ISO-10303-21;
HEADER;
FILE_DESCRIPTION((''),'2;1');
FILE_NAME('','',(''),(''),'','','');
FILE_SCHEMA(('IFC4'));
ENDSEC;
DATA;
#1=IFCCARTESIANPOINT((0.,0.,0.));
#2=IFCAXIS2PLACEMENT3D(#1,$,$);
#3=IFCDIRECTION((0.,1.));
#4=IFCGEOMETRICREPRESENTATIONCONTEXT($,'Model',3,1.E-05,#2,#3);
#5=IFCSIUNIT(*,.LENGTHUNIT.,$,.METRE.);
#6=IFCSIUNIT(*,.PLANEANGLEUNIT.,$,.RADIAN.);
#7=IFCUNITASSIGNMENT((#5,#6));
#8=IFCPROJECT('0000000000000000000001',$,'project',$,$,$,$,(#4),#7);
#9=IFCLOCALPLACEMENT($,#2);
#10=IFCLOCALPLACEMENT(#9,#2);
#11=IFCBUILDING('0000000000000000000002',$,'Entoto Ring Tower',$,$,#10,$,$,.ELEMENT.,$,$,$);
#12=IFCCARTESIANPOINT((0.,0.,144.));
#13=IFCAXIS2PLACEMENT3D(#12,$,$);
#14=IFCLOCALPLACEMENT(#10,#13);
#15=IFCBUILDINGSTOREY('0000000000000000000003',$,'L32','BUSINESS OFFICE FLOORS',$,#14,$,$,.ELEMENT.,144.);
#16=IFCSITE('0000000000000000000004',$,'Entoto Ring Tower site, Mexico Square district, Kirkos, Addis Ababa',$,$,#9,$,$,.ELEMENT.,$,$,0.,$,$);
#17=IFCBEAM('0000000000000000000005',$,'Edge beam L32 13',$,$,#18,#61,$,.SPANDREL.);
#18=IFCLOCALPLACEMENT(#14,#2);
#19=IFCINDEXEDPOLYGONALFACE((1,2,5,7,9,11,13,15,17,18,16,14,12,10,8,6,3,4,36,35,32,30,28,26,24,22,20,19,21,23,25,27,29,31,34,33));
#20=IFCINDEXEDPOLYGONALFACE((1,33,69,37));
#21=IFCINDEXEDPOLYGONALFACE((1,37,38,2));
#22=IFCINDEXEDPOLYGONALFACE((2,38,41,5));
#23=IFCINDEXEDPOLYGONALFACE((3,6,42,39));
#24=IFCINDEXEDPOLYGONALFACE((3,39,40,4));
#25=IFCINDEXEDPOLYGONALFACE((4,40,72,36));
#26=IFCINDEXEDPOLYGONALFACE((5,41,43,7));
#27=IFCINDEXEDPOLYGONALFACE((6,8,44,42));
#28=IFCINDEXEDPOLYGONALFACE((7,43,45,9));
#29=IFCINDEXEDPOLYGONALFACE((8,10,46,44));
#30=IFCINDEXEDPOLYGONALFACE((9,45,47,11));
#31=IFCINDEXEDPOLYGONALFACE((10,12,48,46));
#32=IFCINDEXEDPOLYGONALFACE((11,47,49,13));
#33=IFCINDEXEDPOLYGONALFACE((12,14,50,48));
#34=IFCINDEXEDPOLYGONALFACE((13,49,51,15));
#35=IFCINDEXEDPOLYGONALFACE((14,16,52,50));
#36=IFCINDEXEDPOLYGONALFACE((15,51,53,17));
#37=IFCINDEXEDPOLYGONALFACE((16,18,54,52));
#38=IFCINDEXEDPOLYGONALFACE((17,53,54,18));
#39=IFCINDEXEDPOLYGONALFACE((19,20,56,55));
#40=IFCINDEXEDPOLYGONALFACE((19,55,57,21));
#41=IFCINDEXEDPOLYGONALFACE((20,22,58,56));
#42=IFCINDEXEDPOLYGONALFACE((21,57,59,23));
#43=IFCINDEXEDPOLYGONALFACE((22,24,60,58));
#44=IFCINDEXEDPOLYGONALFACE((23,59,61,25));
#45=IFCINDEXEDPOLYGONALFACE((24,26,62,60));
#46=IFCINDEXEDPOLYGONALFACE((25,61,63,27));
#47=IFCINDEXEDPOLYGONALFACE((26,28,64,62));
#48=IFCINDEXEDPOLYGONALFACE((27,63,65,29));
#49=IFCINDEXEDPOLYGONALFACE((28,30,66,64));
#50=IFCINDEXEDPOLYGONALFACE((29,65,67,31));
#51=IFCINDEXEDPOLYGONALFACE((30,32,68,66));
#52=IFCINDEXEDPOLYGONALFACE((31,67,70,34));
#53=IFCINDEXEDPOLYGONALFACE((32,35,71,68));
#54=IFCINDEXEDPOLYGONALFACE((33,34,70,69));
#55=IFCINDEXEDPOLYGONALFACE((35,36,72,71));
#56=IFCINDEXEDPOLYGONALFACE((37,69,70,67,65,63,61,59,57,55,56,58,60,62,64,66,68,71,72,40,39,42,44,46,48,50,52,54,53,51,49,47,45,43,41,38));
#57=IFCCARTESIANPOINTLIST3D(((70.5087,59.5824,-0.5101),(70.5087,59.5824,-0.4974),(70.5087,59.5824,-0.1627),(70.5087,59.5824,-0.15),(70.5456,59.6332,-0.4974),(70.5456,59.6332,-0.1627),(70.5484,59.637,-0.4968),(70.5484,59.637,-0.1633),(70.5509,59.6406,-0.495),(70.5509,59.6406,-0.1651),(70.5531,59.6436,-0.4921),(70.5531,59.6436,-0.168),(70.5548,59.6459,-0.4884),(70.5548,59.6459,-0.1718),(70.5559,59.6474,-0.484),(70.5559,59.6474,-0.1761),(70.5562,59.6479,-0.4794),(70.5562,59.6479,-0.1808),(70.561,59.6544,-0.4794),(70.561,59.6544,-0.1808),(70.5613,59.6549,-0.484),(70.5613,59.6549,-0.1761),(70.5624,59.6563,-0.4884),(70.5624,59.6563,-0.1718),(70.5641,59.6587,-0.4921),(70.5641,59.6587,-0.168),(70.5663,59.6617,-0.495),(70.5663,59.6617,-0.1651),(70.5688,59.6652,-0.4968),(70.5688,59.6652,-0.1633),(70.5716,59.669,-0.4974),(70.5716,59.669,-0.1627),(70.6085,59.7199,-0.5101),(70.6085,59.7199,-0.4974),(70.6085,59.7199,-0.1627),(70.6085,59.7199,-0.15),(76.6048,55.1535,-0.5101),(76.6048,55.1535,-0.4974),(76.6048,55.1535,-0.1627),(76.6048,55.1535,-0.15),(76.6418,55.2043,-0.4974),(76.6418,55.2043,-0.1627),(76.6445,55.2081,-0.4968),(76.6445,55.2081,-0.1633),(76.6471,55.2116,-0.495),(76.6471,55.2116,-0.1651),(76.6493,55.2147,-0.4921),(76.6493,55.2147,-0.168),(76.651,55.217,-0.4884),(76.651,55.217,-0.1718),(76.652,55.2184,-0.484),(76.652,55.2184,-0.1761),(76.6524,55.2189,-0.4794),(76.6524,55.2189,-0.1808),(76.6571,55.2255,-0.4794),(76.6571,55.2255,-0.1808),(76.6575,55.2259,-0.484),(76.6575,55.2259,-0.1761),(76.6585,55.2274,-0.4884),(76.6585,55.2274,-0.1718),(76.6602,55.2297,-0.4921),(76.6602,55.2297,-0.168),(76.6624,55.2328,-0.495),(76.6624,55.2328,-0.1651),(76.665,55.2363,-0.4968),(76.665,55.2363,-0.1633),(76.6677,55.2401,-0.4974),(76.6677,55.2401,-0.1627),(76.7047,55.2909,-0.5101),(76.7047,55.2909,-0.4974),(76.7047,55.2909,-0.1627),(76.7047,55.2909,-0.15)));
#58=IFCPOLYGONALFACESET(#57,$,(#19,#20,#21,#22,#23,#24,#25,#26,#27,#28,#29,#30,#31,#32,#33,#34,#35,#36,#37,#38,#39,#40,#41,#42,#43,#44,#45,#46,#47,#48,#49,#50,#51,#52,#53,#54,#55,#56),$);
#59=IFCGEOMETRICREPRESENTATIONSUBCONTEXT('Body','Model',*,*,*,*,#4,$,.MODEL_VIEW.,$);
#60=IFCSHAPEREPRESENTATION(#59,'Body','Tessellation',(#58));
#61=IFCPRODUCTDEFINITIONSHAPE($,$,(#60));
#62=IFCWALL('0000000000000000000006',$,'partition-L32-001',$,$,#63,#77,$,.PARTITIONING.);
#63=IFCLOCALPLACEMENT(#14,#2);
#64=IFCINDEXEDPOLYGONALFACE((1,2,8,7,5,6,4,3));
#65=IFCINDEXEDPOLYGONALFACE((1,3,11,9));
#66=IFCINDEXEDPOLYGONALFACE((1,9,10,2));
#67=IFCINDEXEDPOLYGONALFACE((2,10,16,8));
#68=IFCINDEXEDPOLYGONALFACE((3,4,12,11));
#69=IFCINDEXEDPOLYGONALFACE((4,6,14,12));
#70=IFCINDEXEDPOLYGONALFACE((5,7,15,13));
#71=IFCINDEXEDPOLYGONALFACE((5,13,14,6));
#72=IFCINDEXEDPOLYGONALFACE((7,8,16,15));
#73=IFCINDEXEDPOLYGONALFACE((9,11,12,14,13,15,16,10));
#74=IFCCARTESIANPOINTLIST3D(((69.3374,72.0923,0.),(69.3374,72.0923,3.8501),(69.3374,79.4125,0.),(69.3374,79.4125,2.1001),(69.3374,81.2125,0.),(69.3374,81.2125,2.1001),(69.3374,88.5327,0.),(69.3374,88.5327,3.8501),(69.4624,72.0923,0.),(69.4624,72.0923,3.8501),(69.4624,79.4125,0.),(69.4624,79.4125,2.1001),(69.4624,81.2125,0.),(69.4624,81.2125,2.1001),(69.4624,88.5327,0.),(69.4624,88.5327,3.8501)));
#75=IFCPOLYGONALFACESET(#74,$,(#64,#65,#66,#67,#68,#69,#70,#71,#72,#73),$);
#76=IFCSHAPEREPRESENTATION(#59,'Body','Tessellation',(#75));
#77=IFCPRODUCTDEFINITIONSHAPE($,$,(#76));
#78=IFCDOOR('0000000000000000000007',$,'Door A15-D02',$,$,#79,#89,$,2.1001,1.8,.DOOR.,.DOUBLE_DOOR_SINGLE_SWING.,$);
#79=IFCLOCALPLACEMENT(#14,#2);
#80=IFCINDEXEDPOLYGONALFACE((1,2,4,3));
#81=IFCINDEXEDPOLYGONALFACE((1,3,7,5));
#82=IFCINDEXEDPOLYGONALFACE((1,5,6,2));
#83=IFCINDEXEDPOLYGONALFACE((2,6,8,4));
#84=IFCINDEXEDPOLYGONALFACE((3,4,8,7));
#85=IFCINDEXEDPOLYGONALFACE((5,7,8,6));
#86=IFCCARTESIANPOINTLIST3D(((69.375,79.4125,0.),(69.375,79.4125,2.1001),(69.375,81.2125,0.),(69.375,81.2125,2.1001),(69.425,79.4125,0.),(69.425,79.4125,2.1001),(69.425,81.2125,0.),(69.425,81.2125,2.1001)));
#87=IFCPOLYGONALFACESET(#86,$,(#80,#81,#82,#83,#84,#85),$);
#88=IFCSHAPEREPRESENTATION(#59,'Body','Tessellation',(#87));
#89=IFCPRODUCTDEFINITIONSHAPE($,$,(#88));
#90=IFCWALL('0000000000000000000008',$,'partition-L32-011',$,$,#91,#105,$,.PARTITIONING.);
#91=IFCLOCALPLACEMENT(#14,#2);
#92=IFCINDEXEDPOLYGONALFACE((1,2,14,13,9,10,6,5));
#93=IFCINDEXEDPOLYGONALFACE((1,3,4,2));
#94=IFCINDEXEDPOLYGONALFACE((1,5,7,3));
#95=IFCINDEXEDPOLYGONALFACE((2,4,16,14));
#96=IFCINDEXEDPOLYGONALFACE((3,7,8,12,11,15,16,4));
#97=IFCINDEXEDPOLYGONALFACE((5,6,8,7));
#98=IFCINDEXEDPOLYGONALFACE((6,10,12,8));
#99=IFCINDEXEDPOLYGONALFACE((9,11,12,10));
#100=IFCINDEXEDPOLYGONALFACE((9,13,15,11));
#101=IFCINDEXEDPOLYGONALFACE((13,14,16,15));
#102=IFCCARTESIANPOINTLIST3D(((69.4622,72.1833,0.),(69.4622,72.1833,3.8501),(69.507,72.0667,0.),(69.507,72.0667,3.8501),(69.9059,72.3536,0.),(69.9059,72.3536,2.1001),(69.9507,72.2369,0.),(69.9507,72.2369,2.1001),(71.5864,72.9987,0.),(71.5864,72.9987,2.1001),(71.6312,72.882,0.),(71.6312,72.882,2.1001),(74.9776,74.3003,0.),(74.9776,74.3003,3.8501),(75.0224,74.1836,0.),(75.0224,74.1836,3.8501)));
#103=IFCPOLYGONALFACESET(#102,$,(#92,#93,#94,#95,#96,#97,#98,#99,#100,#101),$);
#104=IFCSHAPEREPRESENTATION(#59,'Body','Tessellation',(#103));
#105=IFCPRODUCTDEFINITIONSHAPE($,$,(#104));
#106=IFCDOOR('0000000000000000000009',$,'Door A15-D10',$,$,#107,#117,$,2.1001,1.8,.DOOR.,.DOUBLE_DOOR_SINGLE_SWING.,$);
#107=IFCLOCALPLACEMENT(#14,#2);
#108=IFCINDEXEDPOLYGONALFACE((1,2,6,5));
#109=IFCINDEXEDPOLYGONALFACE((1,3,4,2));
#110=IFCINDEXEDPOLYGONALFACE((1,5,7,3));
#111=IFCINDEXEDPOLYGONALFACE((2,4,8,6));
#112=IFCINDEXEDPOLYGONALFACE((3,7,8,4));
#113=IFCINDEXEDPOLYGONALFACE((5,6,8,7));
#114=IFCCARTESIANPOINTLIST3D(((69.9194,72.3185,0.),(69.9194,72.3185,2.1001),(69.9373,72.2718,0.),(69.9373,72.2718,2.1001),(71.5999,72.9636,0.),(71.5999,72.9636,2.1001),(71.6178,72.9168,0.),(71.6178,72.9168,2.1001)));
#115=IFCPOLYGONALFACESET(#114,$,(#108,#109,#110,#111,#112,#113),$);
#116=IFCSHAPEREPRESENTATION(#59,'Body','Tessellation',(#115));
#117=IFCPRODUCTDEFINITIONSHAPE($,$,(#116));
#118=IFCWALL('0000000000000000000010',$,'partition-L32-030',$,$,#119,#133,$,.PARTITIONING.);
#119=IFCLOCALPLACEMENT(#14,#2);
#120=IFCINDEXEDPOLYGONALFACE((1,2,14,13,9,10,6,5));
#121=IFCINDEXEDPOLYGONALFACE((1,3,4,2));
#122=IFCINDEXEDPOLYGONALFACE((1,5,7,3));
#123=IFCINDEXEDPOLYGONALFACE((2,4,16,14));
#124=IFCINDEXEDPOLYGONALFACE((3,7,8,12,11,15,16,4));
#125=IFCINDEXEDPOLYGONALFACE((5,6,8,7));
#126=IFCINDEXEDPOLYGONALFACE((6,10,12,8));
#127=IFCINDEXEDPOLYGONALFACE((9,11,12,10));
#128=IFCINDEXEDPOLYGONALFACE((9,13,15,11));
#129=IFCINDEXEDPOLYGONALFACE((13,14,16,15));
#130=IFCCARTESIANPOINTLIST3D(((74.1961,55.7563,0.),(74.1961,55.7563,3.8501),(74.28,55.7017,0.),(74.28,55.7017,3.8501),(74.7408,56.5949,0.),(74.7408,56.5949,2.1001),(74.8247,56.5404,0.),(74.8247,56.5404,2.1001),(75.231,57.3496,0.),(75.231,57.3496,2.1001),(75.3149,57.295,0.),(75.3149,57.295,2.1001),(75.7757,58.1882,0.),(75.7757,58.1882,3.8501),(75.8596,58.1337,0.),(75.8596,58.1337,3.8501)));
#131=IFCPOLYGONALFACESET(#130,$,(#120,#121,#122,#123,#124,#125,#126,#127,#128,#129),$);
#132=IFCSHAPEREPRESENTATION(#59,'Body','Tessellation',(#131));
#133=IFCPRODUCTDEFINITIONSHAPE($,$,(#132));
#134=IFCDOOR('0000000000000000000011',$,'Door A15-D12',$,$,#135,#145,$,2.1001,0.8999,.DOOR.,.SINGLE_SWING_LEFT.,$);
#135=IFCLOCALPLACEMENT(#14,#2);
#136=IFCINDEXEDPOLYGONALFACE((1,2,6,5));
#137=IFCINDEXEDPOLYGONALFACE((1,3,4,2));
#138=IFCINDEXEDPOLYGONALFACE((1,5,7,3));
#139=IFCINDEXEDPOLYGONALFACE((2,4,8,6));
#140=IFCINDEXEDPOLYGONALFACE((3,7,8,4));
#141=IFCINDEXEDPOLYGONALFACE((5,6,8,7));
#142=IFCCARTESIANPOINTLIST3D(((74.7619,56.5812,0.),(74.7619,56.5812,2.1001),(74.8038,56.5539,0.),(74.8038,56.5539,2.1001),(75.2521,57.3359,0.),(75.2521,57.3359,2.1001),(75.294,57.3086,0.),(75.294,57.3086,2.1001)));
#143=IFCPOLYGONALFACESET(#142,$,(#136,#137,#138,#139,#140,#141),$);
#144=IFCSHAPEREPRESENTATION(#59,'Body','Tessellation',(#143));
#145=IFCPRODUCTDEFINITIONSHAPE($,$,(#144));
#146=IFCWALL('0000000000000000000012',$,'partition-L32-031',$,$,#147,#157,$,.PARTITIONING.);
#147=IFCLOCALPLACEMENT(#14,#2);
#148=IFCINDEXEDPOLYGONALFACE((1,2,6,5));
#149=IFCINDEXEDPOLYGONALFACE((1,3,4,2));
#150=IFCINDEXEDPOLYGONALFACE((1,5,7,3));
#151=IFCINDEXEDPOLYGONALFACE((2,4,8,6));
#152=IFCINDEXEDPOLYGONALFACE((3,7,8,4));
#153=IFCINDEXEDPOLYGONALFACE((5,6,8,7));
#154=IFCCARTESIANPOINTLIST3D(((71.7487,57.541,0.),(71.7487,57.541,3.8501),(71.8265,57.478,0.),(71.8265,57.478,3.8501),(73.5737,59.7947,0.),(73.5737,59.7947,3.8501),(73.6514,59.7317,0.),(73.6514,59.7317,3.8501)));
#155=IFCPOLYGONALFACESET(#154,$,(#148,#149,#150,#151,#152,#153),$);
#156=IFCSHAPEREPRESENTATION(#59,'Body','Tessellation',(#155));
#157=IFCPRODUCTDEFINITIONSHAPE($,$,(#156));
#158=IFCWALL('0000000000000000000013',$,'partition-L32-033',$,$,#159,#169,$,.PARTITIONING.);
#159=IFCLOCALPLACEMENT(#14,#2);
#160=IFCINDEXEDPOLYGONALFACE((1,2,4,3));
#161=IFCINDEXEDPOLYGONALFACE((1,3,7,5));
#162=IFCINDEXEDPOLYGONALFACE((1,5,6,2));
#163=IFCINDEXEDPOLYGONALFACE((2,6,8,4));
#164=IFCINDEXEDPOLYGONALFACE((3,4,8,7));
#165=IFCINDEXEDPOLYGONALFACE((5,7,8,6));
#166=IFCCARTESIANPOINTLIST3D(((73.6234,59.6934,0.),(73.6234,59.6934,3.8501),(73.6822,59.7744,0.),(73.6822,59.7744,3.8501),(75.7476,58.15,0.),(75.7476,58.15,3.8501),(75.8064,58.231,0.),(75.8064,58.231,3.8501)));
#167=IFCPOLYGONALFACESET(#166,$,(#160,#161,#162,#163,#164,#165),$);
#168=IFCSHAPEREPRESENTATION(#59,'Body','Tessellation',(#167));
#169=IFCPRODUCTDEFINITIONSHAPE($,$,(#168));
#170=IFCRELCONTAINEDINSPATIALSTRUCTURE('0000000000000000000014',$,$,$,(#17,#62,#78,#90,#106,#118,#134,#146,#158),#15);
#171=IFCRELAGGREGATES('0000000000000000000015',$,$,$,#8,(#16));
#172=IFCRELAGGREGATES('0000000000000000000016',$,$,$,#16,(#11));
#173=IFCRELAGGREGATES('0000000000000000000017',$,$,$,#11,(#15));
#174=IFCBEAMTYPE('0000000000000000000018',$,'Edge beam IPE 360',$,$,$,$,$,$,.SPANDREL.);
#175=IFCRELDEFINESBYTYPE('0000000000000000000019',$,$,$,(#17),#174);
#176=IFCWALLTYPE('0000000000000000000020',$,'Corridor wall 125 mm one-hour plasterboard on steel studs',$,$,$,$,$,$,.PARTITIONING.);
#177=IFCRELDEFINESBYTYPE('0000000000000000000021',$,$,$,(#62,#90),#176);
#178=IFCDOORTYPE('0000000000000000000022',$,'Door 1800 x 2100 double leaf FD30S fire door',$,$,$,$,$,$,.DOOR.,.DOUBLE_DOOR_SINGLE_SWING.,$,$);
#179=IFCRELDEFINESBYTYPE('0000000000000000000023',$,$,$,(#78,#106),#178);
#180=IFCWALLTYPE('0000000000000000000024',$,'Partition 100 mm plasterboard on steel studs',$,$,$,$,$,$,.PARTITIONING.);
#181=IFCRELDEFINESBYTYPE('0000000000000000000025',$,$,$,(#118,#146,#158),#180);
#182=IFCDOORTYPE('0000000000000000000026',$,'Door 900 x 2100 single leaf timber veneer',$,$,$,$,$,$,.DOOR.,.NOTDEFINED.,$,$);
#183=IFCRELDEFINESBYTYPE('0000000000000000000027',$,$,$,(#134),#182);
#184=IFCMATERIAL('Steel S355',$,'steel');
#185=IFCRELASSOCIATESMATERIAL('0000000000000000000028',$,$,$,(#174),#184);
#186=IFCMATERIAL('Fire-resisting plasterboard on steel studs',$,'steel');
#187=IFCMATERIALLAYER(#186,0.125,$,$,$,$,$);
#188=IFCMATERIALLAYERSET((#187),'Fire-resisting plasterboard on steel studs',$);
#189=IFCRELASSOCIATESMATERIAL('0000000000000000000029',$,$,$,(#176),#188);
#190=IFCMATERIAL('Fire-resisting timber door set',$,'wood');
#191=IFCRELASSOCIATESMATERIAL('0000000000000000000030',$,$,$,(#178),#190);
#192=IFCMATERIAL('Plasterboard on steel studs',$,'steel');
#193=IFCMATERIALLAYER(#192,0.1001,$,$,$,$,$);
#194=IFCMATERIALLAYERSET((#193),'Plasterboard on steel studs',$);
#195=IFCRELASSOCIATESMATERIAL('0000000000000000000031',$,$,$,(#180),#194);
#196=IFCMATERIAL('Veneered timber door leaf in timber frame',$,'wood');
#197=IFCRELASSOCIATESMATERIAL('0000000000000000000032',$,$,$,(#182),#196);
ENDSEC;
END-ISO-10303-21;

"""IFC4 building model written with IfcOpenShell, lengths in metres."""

from ifc_helpers import new_model, si_unit, direction, frame, frame_2d, origin, origin_2d, place, context, subcontext, project, spatial, rectangle, i_section, extrude, material, layer, layer_set, material_profile, profile_set, type_object, element, fill, save


model = new_model("IFC4")

# Units and contexts
model_context = context("Model", 3, precision=1e-05, world=origin(), true_north=direction((0.0, 1.0)))
body_context = subcontext(model_context, "Body", "Model", "MODEL_VIEW")
ifc_project = project(units=[si_unit("LENGTHUNIT", "METRE"), si_unit("PLANEANGLEUNIT", "RADIAN")], contexts=[model_context])

# Site, building, storey
site_placement = place(None, origin())
site = spatial("IfcSite", under=ifc_project, at=site_placement, Name="Entoto Ring Tower site, Mexico Square district, Kirkos, Addis Ababa", CompositionType="ELEMENT", RefElevation=0.0)
building_placement = place(site_placement, origin())
building = spatial("IfcBuilding", under=site, at=building_placement, Name="Entoto Ring Tower", CompositionType="ELEMENT")
storey_placement = place(building_placement, frame((0.0, 0.0, 144.0)))
storey = spatial("IfcBuildingStorey", under=building, at=storey_placement, Name="L32", Description="BUSINESS OFFICE FLOORS", CompositionType="ELEMENT", Elevation=144.0)

# Beam
ifc_material_1 = material(Name="Steel S355", Category="steel")
ifc_material_profile_1 = material_profile(ifc_material_1, i_section(OverallWidth=0.1699, OverallDepth=0.3601, WebThickness=0.0081, FlangeThickness=0.0127, FilletRadius=0.0181, at=origin_2d()), Name="IPE 360")
ifc_profile_set_1 = profile_set([ifc_material_profile_1], Name="Steel S355")
beam_type = type_object("IfcBeamType", Name="Edge beam IPE 360", PredefinedType="SPANDREL", material=ifc_profile_set_1)
for number, where, z_axis, x_axis, name in (
    (1, (70.5586, 59.6511, -0.3301), (0.809029, -0.587769, 0.0), (0.587769, 0.809029, 0.0), "Edge beam L32 13"),
):
    element("IfcBeam", number, at=place(storey_placement, frame(where, z_axis=z_axis, x_axis=x_axis)), inside=storey, type_object=beam_type, Name=name, PredefinedType="SPANDREL", context=body_context, shape_type="SweptSolid", body=[
        extrude(i_section(OverallWidth=0.1699, OverallDepth=0.3601, WebThickness=0.0081, FlangeThickness=0.0127, FilletRadius=0.0181, at=origin_2d()), origin(), (0.0, 0.0, 1.0), 7.5352),
    ])

# Walls, openings, doors
ifc_material_2 = material(Name="Fire-resisting plasterboard on steel studs", Category="steel")
ifc_layer_1 = layer(ifc_material_2, 0.125)
ifc_layer_set_1 = layer_set([ifc_layer_1], Name="Fire-resisting plasterboard on steel studs")
wall_type_1 = type_object("IfcWallType", Name="Corridor wall 125 mm one-hour plasterboard on steel studs", PredefinedType="PARTITIONING", material=ifc_layer_set_1)
wall_1_placement = place(storey_placement, frame((69.3999, 72.0923, 0.0), z_axis=(0.0, 0.0, 1.0), x_axis=(0.0, 1.0, 0.0)))
wall_1 = element("IfcWall", 2, at=wall_1_placement, inside=storey, type_object=wall_type_1, Name="partition-L32-001", PredefinedType="PARTITIONING", context=body_context, shape_type="SweptSolid", body=[
    extrude(rectangle(XDim=16.4404, YDim=0.125, at=frame_2d((8.2202, 0.0))), origin(), (0.0, 0.0, 1.0), 3.8501),
])
opening_1_placement = place(wall_1_placement, frame((7.3203, 0.0, 0.0)))
opening_1 = element("IfcOpeningElement", 3, at=opening_1_placement, cuts=wall_1, PredefinedType="OPENING", context=body_context, shape_type="SweptSolid", body=[
    extrude(rectangle(XDim=1.8, YDim=2.1001, at=frame_2d((0.8999, 1.05))), frame((0.0, 0.0725, 0.0), z_axis=(0.0, -1.0, 0.0), x_axis=(1.0, 0.0, 0.0)), (0.0, 0.0, 1.0), 0.145),
])
ifc_material_3 = material(Name="Fire-resisting timber door set", Category="wood")
door_type_1 = type_object("IfcDoorType", Name="Door 1800 x 2100 double leaf FD30S fire door", OperationType="DOUBLE_DOOR_SINGLE_SWING", PredefinedType="DOOR", material=ifc_material_3)
door_1_placement = place(opening_1_placement, origin())
door_1 = element("IfcDoor", 4, at=door_1_placement, inside=storey, type_object=door_type_1, Name="Door A15-D02", OperationType="DOUBLE_DOOR_SINGLE_SWING", OverallHeight=2.1001, OverallWidth=1.8, PredefinedType="DOOR", context=body_context, shape_type="SweptSolid", body=[
    extrude(rectangle(XDim=1.8, YDim=2.1001, at=frame_2d((0.8999, 1.05))), frame((0.0, 0.0249, 0.0), z_axis=(0.0, -1.0, 0.0), x_axis=(1.0, 0.0, 0.0)), (0.0, 0.0, 1.0), 0.05),
])
fill(opening_1, door_1)
wall_2_placement = place(storey_placement, frame((69.4846, 72.125, 0.0), z_axis=(0.0, 0.0, 1.0), x_axis=(0.933592, 0.358337, 0.0)))
wall_2 = element("IfcWall", 5, at=wall_2_placement, inside=storey, type_object=wall_type_1, Name="partition-L32-011", PredefinedType="PARTITIONING", context=body_context, shape_type="SweptSolid", body=[
    extrude(rectangle(XDim=5.9077, YDim=0.125, at=frame_2d((2.9539, 0.0))), origin(), (0.0, 0.0, 1.0), 3.8501),
])
opening_2_placement = place(wall_2_placement, frame((0.4753, 0.0, 0.0)))
opening_2 = element("IfcOpeningElement", 6, at=opening_2_placement, cuts=wall_2, PredefinedType="OPENING", context=body_context, shape_type="SweptSolid", body=[
    extrude(rectangle(XDim=1.8, YDim=2.1001, at=frame_2d((0.8999, 1.05))), frame((0.0, 0.0725, 0.0), z_axis=(0.0, -1.0, 0.0), x_axis=(1.0, 0.0, 0.0)), (0.0, 0.0, 1.0), 0.145),
])
door_2_placement = place(opening_2_placement, origin())
door_2 = element("IfcDoor", 7, at=door_2_placement, inside=storey, type_object=door_type_1, Name="Door A15-D10", OperationType="DOUBLE_DOOR_SINGLE_SWING", OverallHeight=2.1001, OverallWidth=1.8, PredefinedType="DOOR", context=body_context, shape_type="SweptSolid", body=[
    extrude(rectangle(XDim=1.8, YDim=2.1001, at=frame_2d((0.8999, 1.05))), frame((0.0, 0.0249, 0.0), z_axis=(0.0, -1.0, 0.0), x_axis=(1.0, 0.0, 0.0)), (0.0, 0.0, 1.0), 0.05),
])
fill(opening_2, door_2)
ifc_material_4 = material(Name="Plasterboard on steel studs", Category="steel")
ifc_layer_2 = layer(ifc_material_4, 0.1001)
ifc_layer_set_2 = layer_set([ifc_layer_2], Name="Plasterboard on steel studs")
wall_type_2 = type_object("IfcWallType", Name="Partition 100 mm plasterboard on steel studs", PredefinedType="PARTITIONING", material=ifc_layer_set_2)
wall_3_placement = place(storey_placement, frame((74.238, 55.729, 0.0), z_axis=(0.0, 0.0, 1.0), x_axis=(0.544713, 0.838622, 0.0)))
wall_3 = element("IfcWall", 8, at=wall_3_placement, inside=storey, type_object=wall_type_2, Name="partition-L32-030", PredefinedType="PARTITIONING", context=body_context, shape_type="SweptSolid", body=[
    extrude(rectangle(XDim=2.8999, YDim=0.1001, at=frame_2d((1.45, 0.0))), origin(), (0.0, 0.0, 1.0), 3.8501),
])
opening_3_placement = place(wall_3_placement, frame((1.0, 0.0, 0.0)))
opening_3 = element("IfcOpeningElement", 9, at=opening_3_placement, cuts=wall_3, PredefinedType="OPENING", context=body_context, shape_type="SweptSolid", body=[
    extrude(rectangle(XDim=0.8999, YDim=2.1001, at=frame_2d((0.45, 1.05))), frame((0.0, 0.0601, 0.0), z_axis=(0.0, -1.0, 0.0), x_axis=(1.0, 0.0, 0.0)), (0.0, 0.0, 1.0), 0.1201),
])
ifc_material_5 = material(Name="Veneered timber door leaf in timber frame", Category="wood")
door_type_2 = type_object("IfcDoorType", Name="Door 900 x 2100 single leaf timber veneer", OperationType="NOTDEFINED", PredefinedType="DOOR", material=ifc_material_5)
door_3_placement = place(opening_3_placement, origin())
door_3 = element("IfcDoor", 10, at=door_3_placement, inside=storey, type_object=door_type_2, Name="Door A15-D12", OperationType="SINGLE_SWING_LEFT", OverallHeight=2.1001, OverallWidth=0.8999, PredefinedType="DOOR", context=body_context, shape_type="SweptSolid", body=[
    extrude(rectangle(XDim=0.8999, YDim=2.1001, at=frame_2d((0.45, 1.05))), frame((0.0, 0.0249, 0.0), z_axis=(0.0, -1.0, 0.0), x_axis=(1.0, 0.0, 0.0)), (0.0, 0.0, 1.0), 0.05),
])
fill(opening_3, door_3)

# Walls
wall_4_placement = place(storey_placement, frame((71.7876, 57.5095, 0.0), z_axis=(0.0, 0.0, 1.0), x_axis=(0.629314, 0.777151, 0.0)))
element("IfcWall", 11, at=wall_4_placement, inside=storey, type_object=wall_type_2, Name="partition-L32-031", PredefinedType="PARTITIONING", context=body_context, shape_type="SweptSolid", body=[
    extrude(rectangle(XDim=2.8999, YDim=0.1001, at=frame_2d((1.45, 0.0))), origin(), (0.0, 0.0, 1.0), 3.8501),
])
wall_5_placement = place(storey_placement, frame((75.7771, 58.1904, 0.0), z_axis=(0.0, 0.0, 1.0), x_axis=(-0.809001, 0.587807, 0.0)))
element("IfcWall", 12, at=wall_5_placement, inside=storey, type_object=wall_type_2, Name="partition-L32-033", PredefinedType="PARTITIONING", context=body_context, shape_type="SweptSolid", body=[
    extrude(rectangle(XDim=2.6257, YDim=0.1001, at=frame_2d((1.313, 0.0))), origin(), (0.0, 0.0, 1.0), 3.8501),
])

save(model, "model.ifc")
